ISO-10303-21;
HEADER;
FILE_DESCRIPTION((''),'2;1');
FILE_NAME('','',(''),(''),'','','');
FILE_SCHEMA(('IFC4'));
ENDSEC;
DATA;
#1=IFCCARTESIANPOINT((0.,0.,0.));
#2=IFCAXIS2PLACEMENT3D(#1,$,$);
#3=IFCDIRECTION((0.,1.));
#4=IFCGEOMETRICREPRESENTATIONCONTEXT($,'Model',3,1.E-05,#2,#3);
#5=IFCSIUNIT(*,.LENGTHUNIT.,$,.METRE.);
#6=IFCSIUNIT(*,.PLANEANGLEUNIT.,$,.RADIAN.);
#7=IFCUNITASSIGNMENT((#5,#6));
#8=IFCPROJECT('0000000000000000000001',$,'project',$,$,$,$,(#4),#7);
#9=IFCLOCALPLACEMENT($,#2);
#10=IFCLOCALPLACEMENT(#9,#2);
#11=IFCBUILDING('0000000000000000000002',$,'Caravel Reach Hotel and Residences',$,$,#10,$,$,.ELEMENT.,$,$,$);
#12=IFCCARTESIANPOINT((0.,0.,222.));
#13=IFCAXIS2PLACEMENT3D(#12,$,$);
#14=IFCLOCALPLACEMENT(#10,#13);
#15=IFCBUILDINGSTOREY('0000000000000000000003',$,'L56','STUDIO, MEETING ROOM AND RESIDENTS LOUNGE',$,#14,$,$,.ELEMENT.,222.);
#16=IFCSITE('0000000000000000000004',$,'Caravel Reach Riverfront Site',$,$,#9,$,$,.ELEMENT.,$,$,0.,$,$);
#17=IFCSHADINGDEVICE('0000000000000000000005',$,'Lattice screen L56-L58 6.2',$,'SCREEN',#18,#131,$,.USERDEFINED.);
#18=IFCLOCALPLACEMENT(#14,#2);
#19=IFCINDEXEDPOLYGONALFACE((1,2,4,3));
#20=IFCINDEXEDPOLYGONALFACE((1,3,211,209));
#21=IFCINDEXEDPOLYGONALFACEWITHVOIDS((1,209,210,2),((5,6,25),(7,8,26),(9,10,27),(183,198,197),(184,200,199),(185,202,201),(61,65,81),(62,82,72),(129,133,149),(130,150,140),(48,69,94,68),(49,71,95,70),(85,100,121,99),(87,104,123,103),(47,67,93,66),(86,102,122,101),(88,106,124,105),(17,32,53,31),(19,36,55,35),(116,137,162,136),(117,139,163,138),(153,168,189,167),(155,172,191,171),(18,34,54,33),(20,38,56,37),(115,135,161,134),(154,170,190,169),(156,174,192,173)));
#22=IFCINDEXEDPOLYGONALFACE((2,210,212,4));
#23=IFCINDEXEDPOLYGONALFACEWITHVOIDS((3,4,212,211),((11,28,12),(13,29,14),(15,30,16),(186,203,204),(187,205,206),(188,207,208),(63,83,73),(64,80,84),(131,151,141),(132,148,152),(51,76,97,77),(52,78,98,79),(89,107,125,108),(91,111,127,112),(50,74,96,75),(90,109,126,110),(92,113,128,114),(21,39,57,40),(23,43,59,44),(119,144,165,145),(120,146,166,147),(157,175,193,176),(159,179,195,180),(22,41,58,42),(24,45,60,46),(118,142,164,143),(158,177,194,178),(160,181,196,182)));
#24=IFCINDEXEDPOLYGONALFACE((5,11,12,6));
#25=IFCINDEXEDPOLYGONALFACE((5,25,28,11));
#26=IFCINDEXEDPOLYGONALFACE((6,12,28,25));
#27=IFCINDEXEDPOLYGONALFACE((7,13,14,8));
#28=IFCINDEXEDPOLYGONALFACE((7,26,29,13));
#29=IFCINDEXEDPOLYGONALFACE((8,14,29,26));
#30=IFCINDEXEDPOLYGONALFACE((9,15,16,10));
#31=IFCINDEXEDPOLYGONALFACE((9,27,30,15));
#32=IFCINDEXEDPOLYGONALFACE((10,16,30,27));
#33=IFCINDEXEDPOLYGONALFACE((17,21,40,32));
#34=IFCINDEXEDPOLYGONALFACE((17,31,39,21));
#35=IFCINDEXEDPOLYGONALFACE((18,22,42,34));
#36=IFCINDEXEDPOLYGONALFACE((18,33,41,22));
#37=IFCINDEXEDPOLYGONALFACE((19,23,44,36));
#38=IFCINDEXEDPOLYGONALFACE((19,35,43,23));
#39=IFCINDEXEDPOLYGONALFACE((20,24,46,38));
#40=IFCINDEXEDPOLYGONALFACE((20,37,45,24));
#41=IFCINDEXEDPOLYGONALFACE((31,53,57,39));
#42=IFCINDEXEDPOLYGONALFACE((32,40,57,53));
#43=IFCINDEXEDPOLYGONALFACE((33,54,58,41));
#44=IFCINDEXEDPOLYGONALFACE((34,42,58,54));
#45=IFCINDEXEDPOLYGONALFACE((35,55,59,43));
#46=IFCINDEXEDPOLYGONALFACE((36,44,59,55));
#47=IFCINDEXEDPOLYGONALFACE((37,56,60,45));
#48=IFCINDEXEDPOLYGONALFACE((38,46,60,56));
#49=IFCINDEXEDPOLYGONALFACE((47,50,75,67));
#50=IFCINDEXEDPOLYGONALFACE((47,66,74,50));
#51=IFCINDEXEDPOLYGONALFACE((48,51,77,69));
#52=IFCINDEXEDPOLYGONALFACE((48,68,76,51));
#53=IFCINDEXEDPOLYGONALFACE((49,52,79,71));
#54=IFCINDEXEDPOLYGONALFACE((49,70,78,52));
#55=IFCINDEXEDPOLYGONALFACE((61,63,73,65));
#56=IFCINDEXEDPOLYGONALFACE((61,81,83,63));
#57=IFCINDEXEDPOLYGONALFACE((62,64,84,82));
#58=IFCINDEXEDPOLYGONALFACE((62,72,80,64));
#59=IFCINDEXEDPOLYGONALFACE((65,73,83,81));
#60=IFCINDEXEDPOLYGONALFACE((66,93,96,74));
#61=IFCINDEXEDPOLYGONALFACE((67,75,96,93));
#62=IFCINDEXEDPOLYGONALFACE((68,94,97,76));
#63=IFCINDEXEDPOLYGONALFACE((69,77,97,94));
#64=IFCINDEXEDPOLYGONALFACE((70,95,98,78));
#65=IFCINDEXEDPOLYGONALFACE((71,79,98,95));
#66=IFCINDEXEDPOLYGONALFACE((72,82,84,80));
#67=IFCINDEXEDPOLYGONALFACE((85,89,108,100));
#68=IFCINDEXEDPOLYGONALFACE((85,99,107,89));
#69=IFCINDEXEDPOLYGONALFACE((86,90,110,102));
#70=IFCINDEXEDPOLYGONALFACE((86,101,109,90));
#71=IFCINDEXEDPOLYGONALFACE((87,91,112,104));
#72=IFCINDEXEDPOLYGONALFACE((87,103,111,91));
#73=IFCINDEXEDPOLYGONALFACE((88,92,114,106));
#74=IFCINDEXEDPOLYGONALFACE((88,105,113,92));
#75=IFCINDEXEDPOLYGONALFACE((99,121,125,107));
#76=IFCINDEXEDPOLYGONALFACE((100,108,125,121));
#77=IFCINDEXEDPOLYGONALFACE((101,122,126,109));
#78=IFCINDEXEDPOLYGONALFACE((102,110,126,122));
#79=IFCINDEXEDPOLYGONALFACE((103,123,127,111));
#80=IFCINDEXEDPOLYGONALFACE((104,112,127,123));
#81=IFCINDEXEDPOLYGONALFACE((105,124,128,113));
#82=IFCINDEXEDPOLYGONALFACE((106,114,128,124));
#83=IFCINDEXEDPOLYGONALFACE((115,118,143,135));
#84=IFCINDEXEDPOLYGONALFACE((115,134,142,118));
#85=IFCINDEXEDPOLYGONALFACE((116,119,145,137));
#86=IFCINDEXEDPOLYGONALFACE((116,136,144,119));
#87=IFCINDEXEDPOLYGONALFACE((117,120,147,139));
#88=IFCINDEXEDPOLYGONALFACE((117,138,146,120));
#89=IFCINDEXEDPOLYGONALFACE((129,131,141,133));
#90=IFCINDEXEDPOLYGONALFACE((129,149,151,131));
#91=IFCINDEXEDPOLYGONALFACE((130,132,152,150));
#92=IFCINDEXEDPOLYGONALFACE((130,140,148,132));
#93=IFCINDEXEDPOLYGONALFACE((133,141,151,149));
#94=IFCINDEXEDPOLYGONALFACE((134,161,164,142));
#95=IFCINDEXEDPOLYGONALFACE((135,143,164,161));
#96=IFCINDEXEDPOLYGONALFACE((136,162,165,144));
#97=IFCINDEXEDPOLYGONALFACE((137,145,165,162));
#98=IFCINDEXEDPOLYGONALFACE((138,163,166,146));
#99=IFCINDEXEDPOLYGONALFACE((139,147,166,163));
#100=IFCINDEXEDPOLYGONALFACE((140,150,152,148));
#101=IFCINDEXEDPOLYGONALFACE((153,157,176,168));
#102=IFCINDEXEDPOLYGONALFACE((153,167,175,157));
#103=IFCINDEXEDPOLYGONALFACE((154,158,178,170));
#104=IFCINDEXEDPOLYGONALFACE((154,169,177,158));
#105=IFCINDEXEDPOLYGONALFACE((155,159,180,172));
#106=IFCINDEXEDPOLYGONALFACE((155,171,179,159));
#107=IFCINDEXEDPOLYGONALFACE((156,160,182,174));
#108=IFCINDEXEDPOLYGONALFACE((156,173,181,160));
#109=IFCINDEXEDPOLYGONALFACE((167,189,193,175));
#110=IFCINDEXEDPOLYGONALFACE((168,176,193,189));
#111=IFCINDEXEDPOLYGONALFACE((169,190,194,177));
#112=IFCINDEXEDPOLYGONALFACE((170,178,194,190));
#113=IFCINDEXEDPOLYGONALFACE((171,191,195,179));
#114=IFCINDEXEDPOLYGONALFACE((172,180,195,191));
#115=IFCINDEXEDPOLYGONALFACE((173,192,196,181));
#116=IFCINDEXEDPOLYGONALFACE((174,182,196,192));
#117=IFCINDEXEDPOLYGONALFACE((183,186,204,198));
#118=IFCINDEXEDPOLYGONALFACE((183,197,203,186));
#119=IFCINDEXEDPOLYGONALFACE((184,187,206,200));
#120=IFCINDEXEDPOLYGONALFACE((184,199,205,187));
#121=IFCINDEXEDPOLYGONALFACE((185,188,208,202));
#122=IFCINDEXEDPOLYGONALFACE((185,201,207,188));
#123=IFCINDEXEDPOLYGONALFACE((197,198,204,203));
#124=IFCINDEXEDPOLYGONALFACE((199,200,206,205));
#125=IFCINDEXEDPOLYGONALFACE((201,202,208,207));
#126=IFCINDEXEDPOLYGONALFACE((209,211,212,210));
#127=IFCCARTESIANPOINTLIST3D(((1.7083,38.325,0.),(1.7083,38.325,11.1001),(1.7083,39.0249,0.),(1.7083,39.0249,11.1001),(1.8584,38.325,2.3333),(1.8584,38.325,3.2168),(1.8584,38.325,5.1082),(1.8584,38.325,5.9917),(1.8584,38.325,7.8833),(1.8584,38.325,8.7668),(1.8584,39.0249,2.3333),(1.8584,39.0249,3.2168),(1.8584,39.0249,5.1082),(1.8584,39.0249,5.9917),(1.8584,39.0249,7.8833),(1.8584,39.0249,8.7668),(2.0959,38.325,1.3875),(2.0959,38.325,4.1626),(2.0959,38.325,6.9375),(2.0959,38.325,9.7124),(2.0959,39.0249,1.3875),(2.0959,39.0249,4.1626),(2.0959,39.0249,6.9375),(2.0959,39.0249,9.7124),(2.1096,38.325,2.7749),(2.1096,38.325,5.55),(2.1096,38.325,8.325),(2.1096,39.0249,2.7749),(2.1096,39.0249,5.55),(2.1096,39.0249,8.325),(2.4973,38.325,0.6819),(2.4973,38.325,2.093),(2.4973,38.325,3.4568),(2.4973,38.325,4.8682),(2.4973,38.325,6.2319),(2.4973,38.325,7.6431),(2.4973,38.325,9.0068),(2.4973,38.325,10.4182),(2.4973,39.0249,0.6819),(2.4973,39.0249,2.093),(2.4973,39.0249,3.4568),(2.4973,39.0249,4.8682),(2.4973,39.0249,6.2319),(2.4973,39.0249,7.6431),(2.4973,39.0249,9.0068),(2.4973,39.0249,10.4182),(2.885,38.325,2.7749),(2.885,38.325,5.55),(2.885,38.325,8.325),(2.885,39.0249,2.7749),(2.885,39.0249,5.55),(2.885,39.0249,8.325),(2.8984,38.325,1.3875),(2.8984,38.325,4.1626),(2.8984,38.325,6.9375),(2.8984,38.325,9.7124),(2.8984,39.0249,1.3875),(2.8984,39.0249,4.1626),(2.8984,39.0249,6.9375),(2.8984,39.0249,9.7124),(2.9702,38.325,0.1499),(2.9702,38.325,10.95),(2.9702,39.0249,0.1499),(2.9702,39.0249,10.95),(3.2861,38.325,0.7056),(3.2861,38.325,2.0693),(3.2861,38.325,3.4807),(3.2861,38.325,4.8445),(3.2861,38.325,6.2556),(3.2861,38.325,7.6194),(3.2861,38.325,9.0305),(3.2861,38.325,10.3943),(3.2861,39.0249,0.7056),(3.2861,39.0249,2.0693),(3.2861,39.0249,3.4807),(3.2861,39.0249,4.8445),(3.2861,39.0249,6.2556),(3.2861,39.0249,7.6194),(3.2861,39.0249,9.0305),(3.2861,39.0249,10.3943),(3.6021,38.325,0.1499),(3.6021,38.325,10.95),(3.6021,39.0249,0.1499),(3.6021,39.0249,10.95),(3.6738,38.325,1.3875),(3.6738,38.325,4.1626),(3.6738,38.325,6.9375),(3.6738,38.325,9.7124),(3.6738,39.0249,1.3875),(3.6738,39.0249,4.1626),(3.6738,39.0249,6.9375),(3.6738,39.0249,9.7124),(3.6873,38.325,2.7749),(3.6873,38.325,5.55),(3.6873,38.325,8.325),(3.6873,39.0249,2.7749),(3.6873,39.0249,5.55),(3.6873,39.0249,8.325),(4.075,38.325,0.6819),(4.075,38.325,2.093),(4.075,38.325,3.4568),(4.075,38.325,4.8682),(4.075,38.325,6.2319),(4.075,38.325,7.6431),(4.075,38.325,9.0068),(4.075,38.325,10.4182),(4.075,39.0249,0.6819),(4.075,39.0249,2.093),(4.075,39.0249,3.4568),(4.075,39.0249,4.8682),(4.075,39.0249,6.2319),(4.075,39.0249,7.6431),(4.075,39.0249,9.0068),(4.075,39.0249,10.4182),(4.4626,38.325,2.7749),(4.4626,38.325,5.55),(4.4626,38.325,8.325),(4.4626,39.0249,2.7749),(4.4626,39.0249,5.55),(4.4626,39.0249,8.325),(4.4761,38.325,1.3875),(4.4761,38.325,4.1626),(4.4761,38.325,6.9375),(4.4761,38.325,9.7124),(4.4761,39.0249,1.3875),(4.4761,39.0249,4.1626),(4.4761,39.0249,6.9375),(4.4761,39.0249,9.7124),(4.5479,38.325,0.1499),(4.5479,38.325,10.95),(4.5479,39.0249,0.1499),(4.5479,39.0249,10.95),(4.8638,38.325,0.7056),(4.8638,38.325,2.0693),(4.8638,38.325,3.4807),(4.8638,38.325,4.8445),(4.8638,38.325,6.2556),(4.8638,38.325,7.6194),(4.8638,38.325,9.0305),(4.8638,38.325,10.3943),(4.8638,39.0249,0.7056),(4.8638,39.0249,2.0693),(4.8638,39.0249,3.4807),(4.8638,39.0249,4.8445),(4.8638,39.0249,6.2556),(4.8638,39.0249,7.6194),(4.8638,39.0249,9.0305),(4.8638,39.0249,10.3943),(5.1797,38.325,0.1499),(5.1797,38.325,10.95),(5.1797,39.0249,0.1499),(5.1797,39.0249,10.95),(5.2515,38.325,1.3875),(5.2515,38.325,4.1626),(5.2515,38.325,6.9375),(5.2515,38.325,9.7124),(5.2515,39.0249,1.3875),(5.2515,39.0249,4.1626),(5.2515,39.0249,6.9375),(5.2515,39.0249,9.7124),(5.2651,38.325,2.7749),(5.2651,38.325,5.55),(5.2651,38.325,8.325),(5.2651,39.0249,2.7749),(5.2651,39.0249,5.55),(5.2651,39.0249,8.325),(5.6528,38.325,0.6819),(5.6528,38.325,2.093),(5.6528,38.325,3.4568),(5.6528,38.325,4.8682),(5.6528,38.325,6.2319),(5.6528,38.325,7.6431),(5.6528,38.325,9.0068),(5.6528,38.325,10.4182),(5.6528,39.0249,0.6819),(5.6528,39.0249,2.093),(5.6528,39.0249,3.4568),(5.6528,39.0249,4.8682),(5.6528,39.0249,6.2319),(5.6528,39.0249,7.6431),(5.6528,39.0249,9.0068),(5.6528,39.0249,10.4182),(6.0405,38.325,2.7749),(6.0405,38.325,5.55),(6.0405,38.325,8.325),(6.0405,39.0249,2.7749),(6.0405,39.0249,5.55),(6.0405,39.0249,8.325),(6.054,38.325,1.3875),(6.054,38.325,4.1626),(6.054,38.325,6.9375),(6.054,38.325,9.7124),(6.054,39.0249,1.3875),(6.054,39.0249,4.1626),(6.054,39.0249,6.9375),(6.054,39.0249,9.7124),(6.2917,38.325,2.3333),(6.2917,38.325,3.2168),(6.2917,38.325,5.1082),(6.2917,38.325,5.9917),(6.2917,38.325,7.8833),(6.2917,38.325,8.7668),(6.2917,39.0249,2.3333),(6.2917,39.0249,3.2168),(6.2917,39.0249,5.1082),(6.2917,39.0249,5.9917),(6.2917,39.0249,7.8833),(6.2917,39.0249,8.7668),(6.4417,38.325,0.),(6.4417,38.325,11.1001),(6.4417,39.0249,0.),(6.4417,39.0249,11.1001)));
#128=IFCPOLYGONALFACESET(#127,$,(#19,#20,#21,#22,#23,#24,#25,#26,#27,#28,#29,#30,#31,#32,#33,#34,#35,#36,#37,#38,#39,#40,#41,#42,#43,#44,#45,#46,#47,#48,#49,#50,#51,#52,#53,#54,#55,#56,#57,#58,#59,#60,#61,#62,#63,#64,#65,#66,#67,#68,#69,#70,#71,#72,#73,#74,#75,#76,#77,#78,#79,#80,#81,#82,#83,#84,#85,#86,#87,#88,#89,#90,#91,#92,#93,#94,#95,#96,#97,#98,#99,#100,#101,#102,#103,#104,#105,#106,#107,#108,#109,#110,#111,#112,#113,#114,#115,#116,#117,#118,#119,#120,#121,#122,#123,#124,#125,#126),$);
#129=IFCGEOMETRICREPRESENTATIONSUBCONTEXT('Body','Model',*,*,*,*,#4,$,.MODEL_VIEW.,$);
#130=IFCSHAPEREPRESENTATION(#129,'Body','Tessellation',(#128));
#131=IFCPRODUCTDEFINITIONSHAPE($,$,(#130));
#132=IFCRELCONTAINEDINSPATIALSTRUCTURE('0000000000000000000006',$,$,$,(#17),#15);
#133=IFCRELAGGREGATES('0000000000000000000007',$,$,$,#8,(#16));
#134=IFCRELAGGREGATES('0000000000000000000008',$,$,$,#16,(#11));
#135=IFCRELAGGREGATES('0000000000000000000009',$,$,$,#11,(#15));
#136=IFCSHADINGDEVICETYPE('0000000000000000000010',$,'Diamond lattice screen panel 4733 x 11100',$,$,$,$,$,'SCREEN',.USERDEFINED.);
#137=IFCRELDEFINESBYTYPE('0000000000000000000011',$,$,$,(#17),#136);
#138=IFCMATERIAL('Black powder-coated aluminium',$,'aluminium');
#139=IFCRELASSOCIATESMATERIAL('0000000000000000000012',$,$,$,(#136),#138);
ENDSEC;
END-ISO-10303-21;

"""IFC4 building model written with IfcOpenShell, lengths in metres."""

from ifc_helpers import new_model, si_unit, direction, frame, origin, place, context, subcontext, project, spatial, polyline, outline, extrude, material, type_object, element, save


model = new_model("IFC4")

# Units and contexts
model_context = context("Model", 3, precision=1e-05, world=origin(), true_north=direction((0.0, 1.0)))
body_context = subcontext(model_context, "Body", "Model", "MODEL_VIEW")
ifc_project = project(units=[si_unit("LENGTHUNIT", "METRE"), si_unit("PLANEANGLEUNIT", "RADIAN")], contexts=[model_context])

# Site, building, storey
site_placement = place(None, origin())
site = spatial("IfcSite", under=ifc_project, at=site_placement, Name="Caravel Reach Riverfront Site", CompositionType="ELEMENT", RefElevation=0.0)
building_placement = place(site_placement, origin())
building = spatial("IfcBuilding", under=site, at=building_placement, Name="Caravel Reach Hotel and Residences", CompositionType="ELEMENT")
storey_placement = place(building_placement, frame((0.0, 0.0, 222.0)))
storey = spatial("IfcBuildingStorey", under=building, at=storey_placement, Name="L56", Description="STUDIO, MEETING ROOM AND RESIDENTS LOUNGE", CompositionType="ELEMENT", Elevation=222.0)

# Shading device
ifc_material_1 = material(Name="Black powder-coated aluminium", Category="aluminium")
shading_device_type_1 = type_object("IfcShadingDeviceType", Name="Diamond lattice screen panel 4733 x 11100", ElementType="SCREEN", PredefinedType="USERDEFINED", material=ifc_material_1)
shading_device_1_placement = place(storey_placement, frame((6.4417, 38.325, 0.0), z_axis=(0.0, 1.0, 0.0), x_axis=(-1.0, 0.0, 0.0)))
element("IfcShadingDevice", 1, at=shading_device_1_placement, inside=storey, type_object=shading_device_type_1, Name="Lattice screen L56-L58 6.2", ObjectType="SCREEN", PredefinedType="USERDEFINED", context=body_context, shape_type="SweptSolid", body=[
    extrude(outline(polyline([(0.0, 0.0), (4.7334, 0.0), (4.7334, 11.1001), (0.0, 11.1001), (0.0, 0.0)]), holes=[polyline([(0.4011, 2.7749), (0.1499, 3.2168), (0.1499, 2.3333), (0.4011, 2.7749)]), polyline([(0.4011, 5.55), (0.1499, 5.9917), (0.1499, 5.1082), (0.4011, 5.55)]), polyline([(0.4011, 8.325), (0.1499, 8.7668), (0.1499, 7.8833), (0.4011, 8.325)]), polyline([(0.7888, 2.093), (0.3877, 1.3875), (0.7888, 0.6819), (1.1902, 1.3875), (0.7888, 2.093)]), polyline([(0.7888, 4.8682), (0.3877, 4.1626), (0.7888, 3.4568), (1.1902, 4.1626), (0.7888, 4.8682)]), polyline([(0.7888, 7.6431), (0.3877, 6.9375), (0.7888, 6.2319), (1.1902, 6.9375), (0.7888, 7.6431)]), polyline([(0.7888, 10.4182), (0.3877, 9.7124), (0.7888, 9.0068), (1.1902, 9.7124), (0.7888, 10.4182)]), polyline([(1.5779, 0.7056), (1.262, 0.1499), (1.8938, 0.1499), (1.5779, 0.7056)]), polyline([(1.5779, 3.4807), (1.1765, 2.7749), (1.5779, 2.0693), (1.979, 2.7749), (1.5779, 3.4807)]), polyline([(1.5779, 6.2556), (1.1765, 5.55), (1.5779, 4.8445), (1.979, 5.55), (1.5779, 6.2556)]), polyline([(1.5779, 9.0305), (1.1765, 8.325), (1.5779, 7.6194), (1.979, 8.325), (1.5779, 9.0305)]), polyline([(1.5779, 10.3943), (1.8938, 10.95), (1.262, 10.95), (1.5779, 10.3943)]), polyline([(2.3667, 2.093), (1.9656, 1.3875), (2.3667, 0.6819), (2.7678, 1.3875), (2.3667, 2.093)]), polyline([(2.3667, 4.8682), (1.9656, 4.1626), (2.3667, 3.4568), (2.7678, 4.1626), (2.3667, 4.8682)]), polyline([(2.3667, 7.6431), (1.9656, 6.9375), (2.3667, 6.2319), (2.7678, 6.9375), (2.3667, 7.6431)]), polyline([(2.3667, 10.4182), (1.9656, 9.7124), (2.3667, 9.0068), (2.7678, 9.7124), (2.3667, 10.4182)]), polyline([(3.1555, 0.7056), (2.8396, 0.1499), (3.4714, 0.1499), (3.1555, 0.7056)]), polyline([(3.1555, 3.4807), (2.7544, 2.7749), (3.1555, 2.0693), (3.5566, 2.7749), (3.1555, 3.4807)]), polyline([(3.1555, 6.2556), (2.7544, 5.55), (3.1555, 4.8445), (3.5566, 5.55), (3.1555, 6.2556)]), polyline([(3.1555, 9.0305), (2.7544, 8.325), (3.1555, 7.6194), (3.5566, 8.325), (3.1555, 9.0305)]), polyline([(3.1555, 10.3943), (3.4714, 10.95), (2.8396, 10.95), (3.1555, 10.3943)]), polyline([(3.9443, 2.093), (3.5432, 1.3875), (3.9443, 0.6819), (4.3457, 1.3875), (3.9443, 2.093)]), polyline([(3.9443, 4.8682), (3.5432, 4.1626), (3.9443, 3.4568), (4.3457, 4.1626), (3.9443, 4.8682)]), polyline([(3.9443, 7.6431), (3.5432, 6.9375), (3.9443, 6.2319), (4.3457, 6.9375), (3.9443, 7.6431)]), polyline([(3.9443, 10.4182), (3.5432, 9.7124), (3.9443, 9.0068), (4.3457, 9.7124), (3.9443, 10.4182)]), polyline([(4.332, 2.7749), (4.5833, 2.3333), (4.5833, 3.2168), (4.332, 2.7749)]), polyline([(4.332, 5.55), (4.5833, 5.1082), (4.5833, 5.9917), (4.332, 5.55)]), polyline([(4.332, 8.325), (4.5833, 7.8833), (4.5833, 8.7668), (4.332, 8.325)])]), origin(), (0.0, 0.0, 1.0), 0.7),
])

save(model, "model.ifc")
